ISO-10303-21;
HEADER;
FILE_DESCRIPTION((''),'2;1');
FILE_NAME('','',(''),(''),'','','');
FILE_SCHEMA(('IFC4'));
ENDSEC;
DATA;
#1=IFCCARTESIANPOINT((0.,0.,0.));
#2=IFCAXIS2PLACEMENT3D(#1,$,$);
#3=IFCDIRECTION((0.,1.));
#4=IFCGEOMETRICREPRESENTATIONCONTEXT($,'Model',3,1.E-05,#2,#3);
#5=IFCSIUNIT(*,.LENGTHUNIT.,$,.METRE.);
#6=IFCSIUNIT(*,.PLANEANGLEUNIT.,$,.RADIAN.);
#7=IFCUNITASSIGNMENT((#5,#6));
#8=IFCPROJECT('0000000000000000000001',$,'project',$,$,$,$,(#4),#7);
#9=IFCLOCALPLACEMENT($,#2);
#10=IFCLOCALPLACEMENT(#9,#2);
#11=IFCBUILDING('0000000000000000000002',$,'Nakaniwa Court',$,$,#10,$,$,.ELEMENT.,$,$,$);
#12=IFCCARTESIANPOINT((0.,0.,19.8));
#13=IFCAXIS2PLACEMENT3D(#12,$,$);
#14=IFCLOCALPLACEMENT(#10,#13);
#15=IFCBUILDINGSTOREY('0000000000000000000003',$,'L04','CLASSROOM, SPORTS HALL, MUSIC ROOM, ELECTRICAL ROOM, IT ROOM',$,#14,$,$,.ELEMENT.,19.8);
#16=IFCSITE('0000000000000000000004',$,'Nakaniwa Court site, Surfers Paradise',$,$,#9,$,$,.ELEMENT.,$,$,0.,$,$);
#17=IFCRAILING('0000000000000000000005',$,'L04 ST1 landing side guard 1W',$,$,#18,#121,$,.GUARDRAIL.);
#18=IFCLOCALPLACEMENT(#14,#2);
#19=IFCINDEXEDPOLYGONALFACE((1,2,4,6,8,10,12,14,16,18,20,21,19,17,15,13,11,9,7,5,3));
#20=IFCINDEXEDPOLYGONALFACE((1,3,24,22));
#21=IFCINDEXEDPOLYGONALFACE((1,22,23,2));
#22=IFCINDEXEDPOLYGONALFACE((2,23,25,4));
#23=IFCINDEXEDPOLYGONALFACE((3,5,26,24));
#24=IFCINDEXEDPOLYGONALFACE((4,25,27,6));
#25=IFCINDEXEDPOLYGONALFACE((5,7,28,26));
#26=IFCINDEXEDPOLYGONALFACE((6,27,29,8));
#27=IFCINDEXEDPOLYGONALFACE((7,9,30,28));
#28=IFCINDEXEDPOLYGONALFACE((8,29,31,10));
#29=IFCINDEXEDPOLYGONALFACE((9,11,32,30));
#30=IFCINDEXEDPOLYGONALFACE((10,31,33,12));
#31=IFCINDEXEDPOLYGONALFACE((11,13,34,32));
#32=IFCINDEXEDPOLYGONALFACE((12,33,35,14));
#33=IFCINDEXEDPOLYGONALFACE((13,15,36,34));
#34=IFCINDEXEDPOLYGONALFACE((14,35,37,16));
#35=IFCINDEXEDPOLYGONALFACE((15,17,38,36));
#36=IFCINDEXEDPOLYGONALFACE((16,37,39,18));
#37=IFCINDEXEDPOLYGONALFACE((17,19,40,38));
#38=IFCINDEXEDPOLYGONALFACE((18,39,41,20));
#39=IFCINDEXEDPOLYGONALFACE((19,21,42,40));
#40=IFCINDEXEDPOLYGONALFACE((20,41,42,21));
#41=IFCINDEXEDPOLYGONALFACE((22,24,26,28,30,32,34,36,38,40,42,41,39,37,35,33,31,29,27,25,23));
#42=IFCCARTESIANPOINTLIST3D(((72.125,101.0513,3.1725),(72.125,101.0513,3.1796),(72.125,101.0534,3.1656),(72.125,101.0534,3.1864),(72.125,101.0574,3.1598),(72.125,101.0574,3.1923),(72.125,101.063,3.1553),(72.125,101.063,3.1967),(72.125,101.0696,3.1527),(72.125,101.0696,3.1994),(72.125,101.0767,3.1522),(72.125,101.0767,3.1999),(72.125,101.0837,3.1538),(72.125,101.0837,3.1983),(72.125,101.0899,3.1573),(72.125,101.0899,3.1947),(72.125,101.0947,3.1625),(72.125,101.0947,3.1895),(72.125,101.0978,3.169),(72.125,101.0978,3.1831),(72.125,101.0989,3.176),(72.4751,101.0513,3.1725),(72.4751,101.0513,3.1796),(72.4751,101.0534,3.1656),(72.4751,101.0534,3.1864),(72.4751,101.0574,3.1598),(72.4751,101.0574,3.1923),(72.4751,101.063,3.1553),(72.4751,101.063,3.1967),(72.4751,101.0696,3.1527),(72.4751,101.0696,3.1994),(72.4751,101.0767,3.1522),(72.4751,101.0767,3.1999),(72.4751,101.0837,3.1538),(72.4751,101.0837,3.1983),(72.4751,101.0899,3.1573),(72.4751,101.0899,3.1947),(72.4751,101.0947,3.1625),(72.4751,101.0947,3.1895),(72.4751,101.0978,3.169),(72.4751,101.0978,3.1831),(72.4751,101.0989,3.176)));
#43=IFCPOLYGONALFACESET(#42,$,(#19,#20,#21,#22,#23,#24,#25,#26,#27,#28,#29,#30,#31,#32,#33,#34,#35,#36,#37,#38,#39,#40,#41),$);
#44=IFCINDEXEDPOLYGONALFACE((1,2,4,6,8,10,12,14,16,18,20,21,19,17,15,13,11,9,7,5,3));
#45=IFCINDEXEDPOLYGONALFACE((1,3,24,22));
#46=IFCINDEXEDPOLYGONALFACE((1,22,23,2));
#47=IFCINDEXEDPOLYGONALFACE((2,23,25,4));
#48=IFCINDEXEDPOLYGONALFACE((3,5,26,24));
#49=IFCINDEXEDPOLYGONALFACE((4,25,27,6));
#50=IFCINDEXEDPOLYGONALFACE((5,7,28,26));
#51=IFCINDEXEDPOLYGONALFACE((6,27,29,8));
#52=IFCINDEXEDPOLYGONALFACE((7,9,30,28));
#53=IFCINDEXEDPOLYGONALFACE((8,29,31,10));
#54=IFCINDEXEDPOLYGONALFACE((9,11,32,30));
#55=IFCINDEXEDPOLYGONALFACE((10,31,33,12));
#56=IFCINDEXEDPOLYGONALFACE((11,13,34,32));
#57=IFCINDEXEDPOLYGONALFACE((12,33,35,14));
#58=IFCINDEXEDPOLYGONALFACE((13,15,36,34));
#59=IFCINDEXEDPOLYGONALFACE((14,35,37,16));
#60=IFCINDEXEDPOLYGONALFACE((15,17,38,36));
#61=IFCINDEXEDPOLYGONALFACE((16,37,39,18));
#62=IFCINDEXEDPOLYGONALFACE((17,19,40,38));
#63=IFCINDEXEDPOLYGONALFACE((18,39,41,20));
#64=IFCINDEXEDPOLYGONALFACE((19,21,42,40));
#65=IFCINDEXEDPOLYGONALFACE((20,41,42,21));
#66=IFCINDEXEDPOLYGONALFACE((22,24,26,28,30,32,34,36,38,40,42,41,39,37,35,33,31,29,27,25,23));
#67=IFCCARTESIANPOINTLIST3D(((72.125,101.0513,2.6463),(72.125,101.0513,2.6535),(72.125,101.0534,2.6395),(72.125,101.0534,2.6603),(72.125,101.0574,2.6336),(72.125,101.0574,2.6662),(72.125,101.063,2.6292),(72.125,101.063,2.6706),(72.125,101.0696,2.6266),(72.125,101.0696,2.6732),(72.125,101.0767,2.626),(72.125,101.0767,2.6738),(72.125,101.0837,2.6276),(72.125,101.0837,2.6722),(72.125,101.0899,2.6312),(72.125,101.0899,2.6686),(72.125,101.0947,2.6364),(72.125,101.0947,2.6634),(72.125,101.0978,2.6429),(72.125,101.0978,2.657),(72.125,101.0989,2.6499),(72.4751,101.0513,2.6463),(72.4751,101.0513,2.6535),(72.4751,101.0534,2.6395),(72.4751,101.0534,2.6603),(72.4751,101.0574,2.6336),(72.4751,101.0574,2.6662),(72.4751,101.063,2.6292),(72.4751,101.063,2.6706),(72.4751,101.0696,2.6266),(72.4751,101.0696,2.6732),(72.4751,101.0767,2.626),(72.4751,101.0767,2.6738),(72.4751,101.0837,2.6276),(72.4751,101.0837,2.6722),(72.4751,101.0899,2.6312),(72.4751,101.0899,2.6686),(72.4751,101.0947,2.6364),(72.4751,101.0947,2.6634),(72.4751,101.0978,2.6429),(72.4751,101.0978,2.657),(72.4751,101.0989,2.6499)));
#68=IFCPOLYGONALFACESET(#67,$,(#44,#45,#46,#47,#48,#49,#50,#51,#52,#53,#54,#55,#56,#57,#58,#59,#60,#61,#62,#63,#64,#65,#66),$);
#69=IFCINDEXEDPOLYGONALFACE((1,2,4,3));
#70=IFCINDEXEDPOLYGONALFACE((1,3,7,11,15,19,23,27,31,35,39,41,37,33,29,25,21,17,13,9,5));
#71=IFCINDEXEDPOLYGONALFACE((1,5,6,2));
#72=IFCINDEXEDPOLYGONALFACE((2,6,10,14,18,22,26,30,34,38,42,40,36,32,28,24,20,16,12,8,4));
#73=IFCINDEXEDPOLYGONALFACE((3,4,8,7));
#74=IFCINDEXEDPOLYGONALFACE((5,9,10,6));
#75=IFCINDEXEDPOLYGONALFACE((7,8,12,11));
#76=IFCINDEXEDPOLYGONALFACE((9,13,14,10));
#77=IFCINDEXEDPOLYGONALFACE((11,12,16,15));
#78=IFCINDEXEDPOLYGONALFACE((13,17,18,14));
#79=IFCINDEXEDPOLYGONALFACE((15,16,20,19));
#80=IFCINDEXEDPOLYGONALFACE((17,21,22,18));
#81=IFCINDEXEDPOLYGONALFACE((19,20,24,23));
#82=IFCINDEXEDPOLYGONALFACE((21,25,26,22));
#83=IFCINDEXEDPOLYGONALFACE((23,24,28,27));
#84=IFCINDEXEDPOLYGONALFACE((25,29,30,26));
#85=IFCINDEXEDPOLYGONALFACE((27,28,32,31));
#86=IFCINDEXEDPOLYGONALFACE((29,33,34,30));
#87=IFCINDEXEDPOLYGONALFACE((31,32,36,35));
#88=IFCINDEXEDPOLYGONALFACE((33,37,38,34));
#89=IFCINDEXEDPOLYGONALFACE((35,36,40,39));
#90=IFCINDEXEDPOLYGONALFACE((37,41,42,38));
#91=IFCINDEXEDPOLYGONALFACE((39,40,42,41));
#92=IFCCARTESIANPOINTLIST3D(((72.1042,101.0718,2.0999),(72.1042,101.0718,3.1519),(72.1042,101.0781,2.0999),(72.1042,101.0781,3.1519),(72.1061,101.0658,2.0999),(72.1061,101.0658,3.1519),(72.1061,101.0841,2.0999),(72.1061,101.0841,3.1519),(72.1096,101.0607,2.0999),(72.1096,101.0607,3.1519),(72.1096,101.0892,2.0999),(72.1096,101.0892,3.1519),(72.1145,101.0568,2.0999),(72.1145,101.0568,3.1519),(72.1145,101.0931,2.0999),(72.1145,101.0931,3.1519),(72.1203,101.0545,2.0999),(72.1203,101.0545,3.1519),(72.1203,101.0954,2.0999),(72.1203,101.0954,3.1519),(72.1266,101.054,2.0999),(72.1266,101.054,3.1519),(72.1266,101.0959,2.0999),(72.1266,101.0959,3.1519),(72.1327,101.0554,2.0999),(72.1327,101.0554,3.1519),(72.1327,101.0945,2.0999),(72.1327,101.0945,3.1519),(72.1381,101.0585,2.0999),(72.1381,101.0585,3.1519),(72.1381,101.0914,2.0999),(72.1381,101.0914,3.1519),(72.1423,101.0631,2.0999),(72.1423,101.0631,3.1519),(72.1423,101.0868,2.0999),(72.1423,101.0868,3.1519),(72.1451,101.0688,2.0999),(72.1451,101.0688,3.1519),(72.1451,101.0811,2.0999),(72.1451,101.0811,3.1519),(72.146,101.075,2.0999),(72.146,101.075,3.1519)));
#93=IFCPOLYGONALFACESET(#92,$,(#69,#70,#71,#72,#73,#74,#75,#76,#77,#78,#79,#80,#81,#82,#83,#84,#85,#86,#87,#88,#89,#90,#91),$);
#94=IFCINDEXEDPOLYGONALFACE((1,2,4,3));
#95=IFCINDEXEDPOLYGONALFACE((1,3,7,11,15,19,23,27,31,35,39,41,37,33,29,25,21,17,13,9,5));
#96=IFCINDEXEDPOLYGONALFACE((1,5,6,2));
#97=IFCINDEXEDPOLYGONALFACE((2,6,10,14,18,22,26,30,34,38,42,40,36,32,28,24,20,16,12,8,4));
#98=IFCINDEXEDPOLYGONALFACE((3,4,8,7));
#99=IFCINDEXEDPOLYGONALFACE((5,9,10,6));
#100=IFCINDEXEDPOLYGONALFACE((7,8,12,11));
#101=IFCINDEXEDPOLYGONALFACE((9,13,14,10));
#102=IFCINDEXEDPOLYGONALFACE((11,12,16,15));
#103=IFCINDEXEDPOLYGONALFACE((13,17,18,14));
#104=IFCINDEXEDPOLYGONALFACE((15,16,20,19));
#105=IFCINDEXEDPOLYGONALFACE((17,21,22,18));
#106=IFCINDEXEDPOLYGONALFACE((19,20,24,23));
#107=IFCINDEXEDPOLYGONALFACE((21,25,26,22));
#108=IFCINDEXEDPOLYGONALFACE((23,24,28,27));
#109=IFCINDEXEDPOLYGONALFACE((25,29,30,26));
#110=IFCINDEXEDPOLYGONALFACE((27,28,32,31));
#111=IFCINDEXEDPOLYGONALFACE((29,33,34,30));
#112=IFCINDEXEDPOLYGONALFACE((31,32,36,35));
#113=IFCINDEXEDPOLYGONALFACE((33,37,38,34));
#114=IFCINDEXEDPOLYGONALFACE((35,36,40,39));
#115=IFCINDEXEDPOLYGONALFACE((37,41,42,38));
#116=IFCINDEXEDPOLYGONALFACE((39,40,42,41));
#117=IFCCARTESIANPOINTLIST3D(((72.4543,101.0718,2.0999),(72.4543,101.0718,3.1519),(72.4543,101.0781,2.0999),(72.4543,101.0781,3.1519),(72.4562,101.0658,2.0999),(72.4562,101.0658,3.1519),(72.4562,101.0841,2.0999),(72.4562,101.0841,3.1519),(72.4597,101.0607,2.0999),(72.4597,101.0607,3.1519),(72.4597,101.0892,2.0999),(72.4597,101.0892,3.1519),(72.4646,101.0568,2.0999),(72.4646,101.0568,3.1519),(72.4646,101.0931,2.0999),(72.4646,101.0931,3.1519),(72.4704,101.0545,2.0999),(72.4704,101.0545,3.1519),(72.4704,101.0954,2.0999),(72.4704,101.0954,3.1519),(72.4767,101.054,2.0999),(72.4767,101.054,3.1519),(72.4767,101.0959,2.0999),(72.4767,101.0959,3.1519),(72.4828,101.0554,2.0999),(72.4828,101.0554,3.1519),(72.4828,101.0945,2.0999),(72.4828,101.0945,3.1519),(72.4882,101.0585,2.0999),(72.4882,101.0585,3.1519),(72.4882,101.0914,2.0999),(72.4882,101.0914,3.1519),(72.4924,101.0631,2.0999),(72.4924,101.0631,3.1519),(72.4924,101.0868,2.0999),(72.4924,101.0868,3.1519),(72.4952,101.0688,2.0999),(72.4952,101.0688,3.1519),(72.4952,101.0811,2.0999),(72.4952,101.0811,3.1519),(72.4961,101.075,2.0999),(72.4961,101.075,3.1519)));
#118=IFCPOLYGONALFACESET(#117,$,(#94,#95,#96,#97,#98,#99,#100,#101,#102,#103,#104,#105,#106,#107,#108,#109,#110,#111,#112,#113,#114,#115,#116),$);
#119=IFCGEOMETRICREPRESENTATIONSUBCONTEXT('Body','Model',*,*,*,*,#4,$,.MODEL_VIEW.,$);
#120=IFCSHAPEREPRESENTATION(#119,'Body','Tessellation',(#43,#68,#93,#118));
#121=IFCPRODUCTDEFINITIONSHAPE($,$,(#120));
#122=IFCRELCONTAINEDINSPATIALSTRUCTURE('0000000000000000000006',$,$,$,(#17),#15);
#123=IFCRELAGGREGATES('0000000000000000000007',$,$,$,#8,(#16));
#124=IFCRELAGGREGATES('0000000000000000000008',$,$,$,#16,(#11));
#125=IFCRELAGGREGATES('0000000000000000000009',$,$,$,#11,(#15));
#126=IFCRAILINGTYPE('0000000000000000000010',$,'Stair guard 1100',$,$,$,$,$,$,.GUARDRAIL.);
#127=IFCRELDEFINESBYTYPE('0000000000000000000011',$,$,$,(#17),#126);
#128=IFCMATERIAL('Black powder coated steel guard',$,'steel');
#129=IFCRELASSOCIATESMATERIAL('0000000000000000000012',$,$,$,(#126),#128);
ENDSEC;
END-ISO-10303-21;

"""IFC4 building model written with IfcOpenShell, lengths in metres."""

from ifc_helpers import new_model, si_unit, direction, frame, origin, origin_2d, place, context, subcontext, project, spatial, circle, extrude, material, type_object, element, save


model = new_model("IFC4")

# Units and contexts
model_context = context("Model", 3, precision=1e-05, world=origin(), true_north=direction((0.0, 1.0)))
body_context = subcontext(model_context, "Body", "Model", "MODEL_VIEW")
ifc_project = project(units=[si_unit("LENGTHUNIT", "METRE"), si_unit("PLANEANGLEUNIT", "RADIAN")], contexts=[model_context])

# Site, building, storey
site_placement = place(None, origin())
site = spatial("IfcSite", under=ifc_project, at=site_placement, Name="Nakaniwa Court site, Surfers Paradise", CompositionType="ELEMENT", RefElevation=0.0)
building_placement = place(site_placement, origin())
building = spatial("IfcBuilding", under=site, at=building_placement, Name="Nakaniwa Court", CompositionType="ELEMENT")
storey_placement = place(building_placement, frame((0.0, 0.0, 19.8)))
storey = spatial("IfcBuildingStorey", under=building, at=storey_placement, Name="L04", Description="CLASSROOM, SPORTS HALL, MUSIC ROOM, ELECTRICAL ROOM, IT ROOM", CompositionType="ELEMENT", Elevation=19.8)

# Railing
ifc_material_1 = material(Name="Black powder coated steel guard", Category="steel")
railing_type = type_object("IfcRailingType", Name="Stair guard 1100", PredefinedType="GUARDRAIL", material=ifc_material_1)
railing_1_placement = place(storey_placement, frame((72.125, 101.075, 2.0999)))
element("IfcRailing", 1, at=railing_1_placement, inside=storey, type_object=railing_type, Name="L04 ST1 landing side guard 1W", PredefinedType="GUARDRAIL", context=body_context, shape_type="SweptSolid", body=[
    extrude(circle(Radius=0.0239, at=origin_2d()), frame((0.0, 0.0, 1.0762), z_axis=(1.0, 0.0, 0.0), x_axis=(0.0, 1.0, 0.0)), (0.0, 0.0, 1.0), 0.3501),
    extrude(circle(Radius=0.0239, at=origin_2d()), frame((0.0, 0.0, 0.55), z_axis=(1.0, 0.0, 0.0), x_axis=(0.0, 1.0, 0.0)), (0.0, 0.0, 1.0), 0.3501),
    extrude(circle(Radius=0.021, at=origin_2d()), origin(), (0.0, 0.0, 1.0), 1.052),
    extrude(circle(Radius=0.021, at=origin_2d()), frame((0.3501, 0.0, 0.0)), (0.0, 0.0, 1.0), 1.052),
])

save(model, "model.ifc")
